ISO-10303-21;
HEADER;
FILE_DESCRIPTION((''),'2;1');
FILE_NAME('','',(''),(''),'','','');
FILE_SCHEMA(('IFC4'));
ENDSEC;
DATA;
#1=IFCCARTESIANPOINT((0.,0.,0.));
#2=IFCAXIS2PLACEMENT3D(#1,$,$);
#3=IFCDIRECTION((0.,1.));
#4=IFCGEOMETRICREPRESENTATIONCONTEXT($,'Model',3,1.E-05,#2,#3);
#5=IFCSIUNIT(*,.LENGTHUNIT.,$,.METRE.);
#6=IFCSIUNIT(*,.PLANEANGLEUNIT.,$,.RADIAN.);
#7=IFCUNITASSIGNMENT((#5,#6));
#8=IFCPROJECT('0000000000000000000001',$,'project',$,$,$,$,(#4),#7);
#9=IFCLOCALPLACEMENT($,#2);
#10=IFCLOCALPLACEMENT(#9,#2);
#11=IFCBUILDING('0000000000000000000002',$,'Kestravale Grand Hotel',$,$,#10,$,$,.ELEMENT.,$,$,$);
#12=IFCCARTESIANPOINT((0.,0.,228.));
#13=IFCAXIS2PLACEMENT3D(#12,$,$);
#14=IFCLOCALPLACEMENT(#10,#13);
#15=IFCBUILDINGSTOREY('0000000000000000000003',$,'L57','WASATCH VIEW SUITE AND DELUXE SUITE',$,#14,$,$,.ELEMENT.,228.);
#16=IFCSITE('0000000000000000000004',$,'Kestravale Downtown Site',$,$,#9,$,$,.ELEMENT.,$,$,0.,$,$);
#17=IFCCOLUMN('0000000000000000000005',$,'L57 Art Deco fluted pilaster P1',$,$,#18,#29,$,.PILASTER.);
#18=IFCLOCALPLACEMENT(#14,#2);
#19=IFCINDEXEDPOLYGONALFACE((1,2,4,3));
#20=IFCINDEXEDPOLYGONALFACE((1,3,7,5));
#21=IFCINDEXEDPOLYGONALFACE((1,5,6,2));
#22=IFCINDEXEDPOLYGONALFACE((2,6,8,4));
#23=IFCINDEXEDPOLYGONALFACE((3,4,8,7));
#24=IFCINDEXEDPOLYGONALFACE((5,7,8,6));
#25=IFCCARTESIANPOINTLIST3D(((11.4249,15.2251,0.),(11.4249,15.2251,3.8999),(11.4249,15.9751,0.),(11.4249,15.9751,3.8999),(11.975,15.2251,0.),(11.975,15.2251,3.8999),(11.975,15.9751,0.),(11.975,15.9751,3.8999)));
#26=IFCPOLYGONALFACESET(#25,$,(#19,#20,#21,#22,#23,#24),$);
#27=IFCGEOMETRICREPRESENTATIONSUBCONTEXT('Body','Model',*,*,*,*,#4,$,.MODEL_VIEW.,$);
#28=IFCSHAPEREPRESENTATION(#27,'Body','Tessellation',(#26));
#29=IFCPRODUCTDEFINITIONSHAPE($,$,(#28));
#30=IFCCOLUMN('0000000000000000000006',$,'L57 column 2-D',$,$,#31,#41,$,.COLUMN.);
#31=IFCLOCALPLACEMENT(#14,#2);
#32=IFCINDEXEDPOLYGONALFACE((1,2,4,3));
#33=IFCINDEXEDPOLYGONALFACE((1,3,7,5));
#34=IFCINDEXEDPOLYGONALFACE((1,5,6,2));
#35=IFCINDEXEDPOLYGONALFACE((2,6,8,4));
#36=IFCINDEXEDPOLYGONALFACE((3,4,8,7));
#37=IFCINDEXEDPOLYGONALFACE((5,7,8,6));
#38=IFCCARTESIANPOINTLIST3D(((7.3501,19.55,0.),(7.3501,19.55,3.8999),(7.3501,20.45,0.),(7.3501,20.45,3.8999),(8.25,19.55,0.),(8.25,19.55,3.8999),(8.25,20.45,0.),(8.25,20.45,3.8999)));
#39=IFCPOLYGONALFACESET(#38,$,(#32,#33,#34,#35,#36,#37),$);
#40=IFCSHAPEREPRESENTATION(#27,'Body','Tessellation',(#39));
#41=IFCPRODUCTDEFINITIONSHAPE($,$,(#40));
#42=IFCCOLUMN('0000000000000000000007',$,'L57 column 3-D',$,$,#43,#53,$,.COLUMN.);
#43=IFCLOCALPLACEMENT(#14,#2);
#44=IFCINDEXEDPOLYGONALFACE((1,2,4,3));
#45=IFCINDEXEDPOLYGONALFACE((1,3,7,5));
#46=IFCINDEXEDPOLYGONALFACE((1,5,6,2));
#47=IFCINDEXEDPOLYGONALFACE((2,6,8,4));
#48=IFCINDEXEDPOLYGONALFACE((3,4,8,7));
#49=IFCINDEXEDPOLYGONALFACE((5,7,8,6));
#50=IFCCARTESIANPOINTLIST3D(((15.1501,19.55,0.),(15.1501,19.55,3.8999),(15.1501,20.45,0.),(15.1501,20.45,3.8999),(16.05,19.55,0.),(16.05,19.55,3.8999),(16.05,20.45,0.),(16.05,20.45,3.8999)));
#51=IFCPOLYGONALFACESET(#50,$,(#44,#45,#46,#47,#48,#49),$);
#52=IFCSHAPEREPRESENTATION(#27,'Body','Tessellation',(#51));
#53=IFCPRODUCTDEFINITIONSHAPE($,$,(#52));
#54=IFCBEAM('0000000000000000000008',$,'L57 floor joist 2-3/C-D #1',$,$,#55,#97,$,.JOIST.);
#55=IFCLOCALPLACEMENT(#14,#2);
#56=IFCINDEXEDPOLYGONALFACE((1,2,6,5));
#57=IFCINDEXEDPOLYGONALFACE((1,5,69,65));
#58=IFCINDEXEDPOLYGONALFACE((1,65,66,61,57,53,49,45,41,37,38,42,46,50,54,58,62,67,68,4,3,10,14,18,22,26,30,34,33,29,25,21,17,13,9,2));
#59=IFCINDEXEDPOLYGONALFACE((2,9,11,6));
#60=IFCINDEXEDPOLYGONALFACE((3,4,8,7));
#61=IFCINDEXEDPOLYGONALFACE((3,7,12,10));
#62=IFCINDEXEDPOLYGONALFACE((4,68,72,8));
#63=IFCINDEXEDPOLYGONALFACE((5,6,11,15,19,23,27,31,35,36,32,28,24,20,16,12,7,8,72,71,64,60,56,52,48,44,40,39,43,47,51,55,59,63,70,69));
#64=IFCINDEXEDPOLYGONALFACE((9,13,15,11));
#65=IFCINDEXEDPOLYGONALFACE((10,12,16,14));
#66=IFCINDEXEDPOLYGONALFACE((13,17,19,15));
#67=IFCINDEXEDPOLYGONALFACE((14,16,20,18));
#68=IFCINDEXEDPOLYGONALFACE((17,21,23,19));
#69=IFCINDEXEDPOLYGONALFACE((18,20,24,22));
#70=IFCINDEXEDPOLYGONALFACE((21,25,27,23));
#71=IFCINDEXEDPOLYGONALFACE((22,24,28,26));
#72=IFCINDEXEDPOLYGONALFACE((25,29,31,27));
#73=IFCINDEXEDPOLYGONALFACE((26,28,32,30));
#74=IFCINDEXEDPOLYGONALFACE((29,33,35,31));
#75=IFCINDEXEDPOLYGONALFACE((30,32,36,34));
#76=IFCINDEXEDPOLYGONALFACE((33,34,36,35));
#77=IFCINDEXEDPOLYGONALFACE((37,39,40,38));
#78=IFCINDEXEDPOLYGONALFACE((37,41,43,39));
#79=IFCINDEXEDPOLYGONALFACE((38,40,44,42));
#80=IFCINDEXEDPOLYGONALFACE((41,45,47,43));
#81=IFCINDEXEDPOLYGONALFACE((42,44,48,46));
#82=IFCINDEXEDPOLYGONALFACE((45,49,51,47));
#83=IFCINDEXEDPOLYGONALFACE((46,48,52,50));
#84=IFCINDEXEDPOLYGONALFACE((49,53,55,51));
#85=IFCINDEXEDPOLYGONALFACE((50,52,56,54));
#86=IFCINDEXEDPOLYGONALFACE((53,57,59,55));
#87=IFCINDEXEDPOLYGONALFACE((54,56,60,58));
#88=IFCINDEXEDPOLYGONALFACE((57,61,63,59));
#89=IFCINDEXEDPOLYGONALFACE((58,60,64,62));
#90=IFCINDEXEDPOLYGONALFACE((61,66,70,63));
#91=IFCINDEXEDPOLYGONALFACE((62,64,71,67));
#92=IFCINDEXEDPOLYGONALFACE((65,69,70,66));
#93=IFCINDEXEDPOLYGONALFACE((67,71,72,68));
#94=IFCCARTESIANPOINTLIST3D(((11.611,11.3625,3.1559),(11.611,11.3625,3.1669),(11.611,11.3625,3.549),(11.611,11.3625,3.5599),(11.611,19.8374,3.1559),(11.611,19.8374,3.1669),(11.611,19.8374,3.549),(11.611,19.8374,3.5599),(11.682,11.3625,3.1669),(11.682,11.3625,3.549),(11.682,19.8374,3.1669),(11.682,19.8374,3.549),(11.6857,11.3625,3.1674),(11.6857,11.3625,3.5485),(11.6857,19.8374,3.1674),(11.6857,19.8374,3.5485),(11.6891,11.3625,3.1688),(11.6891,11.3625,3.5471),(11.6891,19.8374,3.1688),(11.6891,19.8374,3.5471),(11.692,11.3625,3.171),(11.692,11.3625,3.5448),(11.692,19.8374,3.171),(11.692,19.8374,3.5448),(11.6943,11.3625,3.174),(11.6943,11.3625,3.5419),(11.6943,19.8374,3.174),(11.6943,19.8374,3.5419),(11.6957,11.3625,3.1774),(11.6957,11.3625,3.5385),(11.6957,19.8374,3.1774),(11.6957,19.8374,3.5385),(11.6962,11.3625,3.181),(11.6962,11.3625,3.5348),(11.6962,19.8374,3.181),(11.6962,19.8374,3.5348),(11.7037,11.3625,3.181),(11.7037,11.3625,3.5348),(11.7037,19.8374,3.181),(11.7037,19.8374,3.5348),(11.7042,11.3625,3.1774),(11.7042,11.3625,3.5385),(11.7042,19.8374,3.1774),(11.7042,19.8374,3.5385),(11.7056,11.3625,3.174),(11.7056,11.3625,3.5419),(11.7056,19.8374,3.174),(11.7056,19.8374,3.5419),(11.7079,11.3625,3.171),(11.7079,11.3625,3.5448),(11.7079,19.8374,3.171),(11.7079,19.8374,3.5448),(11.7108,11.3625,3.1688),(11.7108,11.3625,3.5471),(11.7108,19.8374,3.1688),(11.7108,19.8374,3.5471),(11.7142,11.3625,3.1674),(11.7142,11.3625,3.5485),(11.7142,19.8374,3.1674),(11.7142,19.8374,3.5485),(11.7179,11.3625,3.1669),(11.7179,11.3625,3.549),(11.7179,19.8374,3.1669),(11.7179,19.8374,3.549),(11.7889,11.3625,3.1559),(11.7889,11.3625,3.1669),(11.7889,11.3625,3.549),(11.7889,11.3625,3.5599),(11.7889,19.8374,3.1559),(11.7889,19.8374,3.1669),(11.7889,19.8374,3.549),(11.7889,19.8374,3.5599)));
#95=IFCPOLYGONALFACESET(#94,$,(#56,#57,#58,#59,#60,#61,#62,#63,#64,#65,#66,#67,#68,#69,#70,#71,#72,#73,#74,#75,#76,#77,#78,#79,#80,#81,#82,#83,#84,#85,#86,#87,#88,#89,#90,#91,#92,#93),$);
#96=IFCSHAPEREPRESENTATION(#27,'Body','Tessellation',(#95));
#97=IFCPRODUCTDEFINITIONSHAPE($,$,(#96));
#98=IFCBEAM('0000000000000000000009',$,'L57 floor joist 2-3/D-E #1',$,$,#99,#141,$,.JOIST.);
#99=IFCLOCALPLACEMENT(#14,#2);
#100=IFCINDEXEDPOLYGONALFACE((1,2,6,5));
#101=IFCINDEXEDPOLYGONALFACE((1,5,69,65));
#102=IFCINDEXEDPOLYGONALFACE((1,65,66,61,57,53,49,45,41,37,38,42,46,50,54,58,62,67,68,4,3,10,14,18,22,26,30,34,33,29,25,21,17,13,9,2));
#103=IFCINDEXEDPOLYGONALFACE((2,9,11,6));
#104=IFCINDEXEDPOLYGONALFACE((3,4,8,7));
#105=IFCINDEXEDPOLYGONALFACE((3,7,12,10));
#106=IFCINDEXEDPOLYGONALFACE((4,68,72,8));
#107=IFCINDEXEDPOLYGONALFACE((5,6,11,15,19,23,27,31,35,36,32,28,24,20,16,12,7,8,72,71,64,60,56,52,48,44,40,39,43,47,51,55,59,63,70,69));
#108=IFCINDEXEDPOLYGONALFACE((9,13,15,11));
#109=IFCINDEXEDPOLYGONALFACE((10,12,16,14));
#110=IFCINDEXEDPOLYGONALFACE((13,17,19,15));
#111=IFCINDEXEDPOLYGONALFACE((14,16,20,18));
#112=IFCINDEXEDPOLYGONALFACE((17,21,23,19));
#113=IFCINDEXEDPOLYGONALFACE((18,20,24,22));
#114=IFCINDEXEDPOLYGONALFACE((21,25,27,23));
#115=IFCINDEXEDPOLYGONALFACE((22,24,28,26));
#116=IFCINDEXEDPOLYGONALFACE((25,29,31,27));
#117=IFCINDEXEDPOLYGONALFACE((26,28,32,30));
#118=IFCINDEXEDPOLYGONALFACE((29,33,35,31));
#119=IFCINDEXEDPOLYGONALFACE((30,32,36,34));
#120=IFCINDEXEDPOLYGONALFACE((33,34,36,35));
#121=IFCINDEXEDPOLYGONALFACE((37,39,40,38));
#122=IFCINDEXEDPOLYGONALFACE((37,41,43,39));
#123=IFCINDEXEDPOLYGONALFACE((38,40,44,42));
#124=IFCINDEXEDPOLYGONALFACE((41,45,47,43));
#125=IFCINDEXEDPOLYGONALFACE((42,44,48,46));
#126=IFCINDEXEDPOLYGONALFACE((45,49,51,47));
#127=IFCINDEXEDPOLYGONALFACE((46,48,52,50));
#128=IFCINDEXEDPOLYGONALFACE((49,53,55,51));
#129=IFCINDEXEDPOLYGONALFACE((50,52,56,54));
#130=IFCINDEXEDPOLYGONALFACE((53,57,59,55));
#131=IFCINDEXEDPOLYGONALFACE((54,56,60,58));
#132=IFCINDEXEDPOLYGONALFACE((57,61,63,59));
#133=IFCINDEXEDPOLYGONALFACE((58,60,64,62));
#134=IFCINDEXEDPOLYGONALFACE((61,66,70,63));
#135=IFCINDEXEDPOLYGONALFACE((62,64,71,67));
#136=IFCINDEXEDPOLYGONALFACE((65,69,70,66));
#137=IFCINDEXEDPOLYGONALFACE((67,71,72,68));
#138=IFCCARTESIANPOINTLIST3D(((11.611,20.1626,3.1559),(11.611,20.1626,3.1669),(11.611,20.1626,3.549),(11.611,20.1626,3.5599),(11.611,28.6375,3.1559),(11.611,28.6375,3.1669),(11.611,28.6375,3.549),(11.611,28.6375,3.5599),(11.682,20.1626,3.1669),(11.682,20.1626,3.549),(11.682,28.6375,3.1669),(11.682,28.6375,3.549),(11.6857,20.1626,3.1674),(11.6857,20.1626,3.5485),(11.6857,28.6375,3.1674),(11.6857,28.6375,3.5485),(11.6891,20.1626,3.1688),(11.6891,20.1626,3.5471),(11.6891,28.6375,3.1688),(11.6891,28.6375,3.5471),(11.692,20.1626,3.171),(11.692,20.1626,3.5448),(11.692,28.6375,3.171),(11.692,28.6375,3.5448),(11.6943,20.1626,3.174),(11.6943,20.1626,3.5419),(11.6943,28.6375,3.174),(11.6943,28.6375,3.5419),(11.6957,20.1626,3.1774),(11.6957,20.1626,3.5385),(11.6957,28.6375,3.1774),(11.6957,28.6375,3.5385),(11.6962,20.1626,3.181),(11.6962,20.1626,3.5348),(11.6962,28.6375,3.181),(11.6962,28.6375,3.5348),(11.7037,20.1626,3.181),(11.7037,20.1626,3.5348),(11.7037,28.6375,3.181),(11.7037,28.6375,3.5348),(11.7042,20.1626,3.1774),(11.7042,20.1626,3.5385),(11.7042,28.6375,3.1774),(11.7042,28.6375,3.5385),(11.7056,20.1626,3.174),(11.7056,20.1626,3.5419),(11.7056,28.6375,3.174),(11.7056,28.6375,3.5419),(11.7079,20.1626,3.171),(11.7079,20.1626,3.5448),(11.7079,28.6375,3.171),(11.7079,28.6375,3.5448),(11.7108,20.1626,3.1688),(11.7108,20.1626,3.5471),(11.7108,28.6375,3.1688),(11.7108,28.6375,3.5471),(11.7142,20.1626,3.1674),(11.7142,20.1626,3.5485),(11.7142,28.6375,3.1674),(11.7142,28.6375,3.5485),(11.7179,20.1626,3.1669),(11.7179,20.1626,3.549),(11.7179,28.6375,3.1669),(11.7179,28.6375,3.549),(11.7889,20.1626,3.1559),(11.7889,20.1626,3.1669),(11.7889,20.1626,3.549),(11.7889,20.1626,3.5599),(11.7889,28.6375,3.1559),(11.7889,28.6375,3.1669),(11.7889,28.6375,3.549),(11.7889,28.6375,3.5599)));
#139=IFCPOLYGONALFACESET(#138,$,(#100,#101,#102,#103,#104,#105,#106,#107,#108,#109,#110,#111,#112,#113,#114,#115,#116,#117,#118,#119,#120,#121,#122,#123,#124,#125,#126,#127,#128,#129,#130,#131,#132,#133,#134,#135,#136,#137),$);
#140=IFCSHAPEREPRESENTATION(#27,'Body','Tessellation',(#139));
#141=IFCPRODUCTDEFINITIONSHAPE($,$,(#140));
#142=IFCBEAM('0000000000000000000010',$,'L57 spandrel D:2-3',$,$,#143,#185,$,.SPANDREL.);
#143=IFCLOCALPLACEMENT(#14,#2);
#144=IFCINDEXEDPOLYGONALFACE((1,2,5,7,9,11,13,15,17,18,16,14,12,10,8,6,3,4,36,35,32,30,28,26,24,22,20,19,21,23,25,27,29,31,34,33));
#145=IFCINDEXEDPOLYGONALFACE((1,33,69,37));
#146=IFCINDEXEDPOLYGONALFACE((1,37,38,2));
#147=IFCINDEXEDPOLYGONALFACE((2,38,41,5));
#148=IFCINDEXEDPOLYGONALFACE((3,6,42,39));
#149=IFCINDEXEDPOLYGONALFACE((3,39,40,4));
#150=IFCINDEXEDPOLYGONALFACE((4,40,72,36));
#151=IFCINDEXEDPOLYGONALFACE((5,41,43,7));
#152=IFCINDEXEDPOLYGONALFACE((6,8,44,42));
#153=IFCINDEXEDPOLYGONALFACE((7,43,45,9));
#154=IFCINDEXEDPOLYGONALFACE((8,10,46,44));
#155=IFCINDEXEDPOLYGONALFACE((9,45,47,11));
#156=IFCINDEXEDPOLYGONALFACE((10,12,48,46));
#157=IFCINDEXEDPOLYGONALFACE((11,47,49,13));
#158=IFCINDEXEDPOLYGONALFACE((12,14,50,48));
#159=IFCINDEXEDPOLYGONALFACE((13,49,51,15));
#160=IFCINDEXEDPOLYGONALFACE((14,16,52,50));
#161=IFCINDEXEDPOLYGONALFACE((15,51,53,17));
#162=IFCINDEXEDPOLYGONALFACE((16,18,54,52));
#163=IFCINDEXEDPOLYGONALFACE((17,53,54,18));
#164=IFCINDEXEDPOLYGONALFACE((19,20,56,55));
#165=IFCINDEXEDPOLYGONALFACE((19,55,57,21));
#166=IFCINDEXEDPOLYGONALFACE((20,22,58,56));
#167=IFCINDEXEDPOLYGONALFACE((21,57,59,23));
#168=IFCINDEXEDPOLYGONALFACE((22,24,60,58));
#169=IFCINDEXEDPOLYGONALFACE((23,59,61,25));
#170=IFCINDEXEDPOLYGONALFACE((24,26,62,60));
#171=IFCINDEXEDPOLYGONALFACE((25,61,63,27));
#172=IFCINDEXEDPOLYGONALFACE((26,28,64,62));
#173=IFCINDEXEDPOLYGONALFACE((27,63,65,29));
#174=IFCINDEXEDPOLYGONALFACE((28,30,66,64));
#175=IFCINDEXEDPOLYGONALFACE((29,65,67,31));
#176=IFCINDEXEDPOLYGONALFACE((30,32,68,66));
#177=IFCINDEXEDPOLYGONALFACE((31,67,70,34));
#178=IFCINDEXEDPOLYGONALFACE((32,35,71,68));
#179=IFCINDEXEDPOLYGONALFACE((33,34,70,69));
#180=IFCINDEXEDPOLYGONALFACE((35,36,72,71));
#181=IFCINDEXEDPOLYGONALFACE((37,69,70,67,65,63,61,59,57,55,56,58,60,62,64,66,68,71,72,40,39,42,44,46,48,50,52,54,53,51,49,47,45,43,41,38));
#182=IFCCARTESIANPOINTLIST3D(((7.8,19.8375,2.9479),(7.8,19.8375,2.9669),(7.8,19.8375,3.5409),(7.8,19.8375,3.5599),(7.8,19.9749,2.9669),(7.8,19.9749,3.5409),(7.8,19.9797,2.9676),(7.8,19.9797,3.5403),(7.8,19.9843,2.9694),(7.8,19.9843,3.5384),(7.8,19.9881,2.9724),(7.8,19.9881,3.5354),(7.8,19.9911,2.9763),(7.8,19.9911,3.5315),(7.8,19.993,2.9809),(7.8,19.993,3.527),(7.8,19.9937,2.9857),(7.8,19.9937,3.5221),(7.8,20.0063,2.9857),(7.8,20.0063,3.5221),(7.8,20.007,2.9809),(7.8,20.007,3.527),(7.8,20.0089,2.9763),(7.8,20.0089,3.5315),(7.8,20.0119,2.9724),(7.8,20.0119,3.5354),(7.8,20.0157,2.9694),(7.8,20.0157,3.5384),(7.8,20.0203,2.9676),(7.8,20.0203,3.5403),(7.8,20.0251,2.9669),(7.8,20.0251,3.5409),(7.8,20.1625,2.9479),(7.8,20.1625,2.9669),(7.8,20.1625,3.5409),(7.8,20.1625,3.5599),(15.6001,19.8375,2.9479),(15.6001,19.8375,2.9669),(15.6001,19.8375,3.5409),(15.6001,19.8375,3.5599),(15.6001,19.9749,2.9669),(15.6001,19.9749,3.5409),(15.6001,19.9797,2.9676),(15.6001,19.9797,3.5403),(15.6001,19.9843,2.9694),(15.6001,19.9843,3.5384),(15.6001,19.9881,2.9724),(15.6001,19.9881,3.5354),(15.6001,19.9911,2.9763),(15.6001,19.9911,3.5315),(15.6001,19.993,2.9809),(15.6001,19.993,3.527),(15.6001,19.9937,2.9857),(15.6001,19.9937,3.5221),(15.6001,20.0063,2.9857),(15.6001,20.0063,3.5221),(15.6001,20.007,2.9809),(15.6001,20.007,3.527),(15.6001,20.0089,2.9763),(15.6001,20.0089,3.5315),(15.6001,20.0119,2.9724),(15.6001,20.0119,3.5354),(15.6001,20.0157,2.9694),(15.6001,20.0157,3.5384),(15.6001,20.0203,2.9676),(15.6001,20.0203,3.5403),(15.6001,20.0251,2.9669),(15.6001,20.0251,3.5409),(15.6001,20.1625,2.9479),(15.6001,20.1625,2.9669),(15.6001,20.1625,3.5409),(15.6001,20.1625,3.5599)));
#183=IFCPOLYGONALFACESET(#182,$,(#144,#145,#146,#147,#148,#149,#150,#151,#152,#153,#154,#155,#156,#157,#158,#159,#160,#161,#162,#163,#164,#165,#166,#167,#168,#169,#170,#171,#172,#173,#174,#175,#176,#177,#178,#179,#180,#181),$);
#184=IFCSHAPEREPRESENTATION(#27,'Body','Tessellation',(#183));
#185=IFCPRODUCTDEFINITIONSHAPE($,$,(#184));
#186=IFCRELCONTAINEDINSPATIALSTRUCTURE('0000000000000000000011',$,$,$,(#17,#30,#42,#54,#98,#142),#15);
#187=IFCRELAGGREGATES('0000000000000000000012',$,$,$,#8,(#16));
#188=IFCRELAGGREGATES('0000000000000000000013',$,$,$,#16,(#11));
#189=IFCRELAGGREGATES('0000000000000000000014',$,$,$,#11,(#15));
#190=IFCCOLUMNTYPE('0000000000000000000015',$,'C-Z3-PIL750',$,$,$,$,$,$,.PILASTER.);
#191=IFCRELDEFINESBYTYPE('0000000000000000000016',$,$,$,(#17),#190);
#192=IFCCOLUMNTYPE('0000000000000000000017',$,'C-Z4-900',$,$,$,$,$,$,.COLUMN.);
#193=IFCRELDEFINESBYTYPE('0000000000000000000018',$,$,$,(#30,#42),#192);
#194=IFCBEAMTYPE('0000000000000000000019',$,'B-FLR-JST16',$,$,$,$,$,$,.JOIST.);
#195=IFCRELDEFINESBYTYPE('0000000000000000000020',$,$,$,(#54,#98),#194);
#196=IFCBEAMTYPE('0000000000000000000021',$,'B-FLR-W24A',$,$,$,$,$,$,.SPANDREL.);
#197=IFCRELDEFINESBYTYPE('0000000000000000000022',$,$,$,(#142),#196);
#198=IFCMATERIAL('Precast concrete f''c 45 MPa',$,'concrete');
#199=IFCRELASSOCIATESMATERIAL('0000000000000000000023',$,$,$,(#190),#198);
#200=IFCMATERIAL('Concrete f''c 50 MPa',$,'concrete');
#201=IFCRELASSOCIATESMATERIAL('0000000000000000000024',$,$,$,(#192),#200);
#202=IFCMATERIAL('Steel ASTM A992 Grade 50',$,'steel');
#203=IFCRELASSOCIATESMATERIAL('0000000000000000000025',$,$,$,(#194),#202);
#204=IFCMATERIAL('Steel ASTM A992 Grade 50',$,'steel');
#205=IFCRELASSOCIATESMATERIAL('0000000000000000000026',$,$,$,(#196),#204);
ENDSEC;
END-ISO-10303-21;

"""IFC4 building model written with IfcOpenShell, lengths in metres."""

from ifc_helpers import new_model, si_unit, direction, frame, origin, origin_2d, place, context, subcontext, project, spatial, rectangle, i_section, extrude, material, material_profile, profile_set, type_object, element, save


model = new_model("IFC4")

# Units and contexts
model_context = context("Model", 3, precision=1e-05, world=origin(), true_north=direction((0.0, 1.0)))
body_context = subcontext(model_context, "Body", "Model", "MODEL_VIEW")
ifc_project = project(units=[si_unit("LENGTHUNIT", "METRE"), si_unit("PLANEANGLEUNIT", "RADIAN")], contexts=[model_context])

# Site, building, storey
site_placement = place(None, origin())
site = spatial("IfcSite", under=ifc_project, at=site_placement, Name="Kestravale Downtown Site", CompositionType="ELEMENT", RefElevation=0.0)
building_placement = place(site_placement, origin())
building = spatial("IfcBuilding", under=site, at=building_placement, Name="Kestravale Grand Hotel", CompositionType="ELEMENT")
storey_placement = place(building_placement, frame((0.0, 0.0, 228.0)))
storey = spatial("IfcBuildingStorey", under=building, at=storey_placement, Name="L57", Description="WASATCH VIEW SUITE AND DELUXE SUITE", CompositionType="ELEMENT", Elevation=228.0)

# Columns
ifc_material_1 = material(Name="Precast concrete f'c 45 MPa", Category="concrete")
ifc_material_profile_1 = material_profile(ifc_material_1, rectangle(XDim=0.55, YDim=0.75, at=origin_2d()))
ifc_profile_set_1 = profile_set([ifc_material_profile_1], Name="Precast concrete f'c 45 MPa")
column_type_1 = type_object("IfcColumnType", Name="C-Z3-PIL750", PredefinedType="PILASTER", material=ifc_profile_set_1)
column_placement = place(storey_placement, frame((11.7, 15.6001, 0.0), z_axis=(0.0, 0.0, 1.0), x_axis=(1.0, 0.0, 0.0)))
element("IfcColumn", 1, at=column_placement, inside=storey, type_object=column_type_1, Name="L57 Art Deco fluted pilaster P1", PredefinedType="PILASTER", context=body_context, shape_type="SweptSolid", body=[
    extrude(rectangle(XDim=0.55, YDim=0.75, at=origin_2d()), origin(), (0.0, 0.0, 1.0), 3.8999),
])
ifc_material_2 = material(Name="Concrete f'c 50 MPa", Category="concrete")
ifc_material_profile_2 = material_profile(ifc_material_2, rectangle(XDim=0.8999, YDim=0.8999, at=origin_2d()))
ifc_profile_set_2 = profile_set([ifc_material_profile_2], Name="Concrete f'c 50 MPa")
column_type_2 = type_object("IfcColumnType", Name="C-Z4-900", PredefinedType="COLUMN", material=ifc_profile_set_2)
for number, where, z_axis, x_axis, name in (
    (2, (7.8, 20.0, 0.0), (0.0, 0.0, 1.0), (1.0, 0.0, 0.0), "L57 column 2-D"),
    (3, (15.6001, 20.0, 0.0), (0.0, 0.0, 1.0), (1.0, 0.0, 0.0), "L57 column 3-D"),
):
    element("IfcColumn", number, at=place(storey_placement, frame(where, z_axis=z_axis, x_axis=x_axis)), inside=storey, type_object=column_type_2, Name=name, PredefinedType="COLUMN", context=body_context, shape_type="SweptSolid", body=[
        extrude(rectangle(XDim=0.8999, YDim=0.8999, at=origin_2d()), origin(), (0.0, 0.0, 1.0), 3.8999),
    ])

# Beams
ifc_material_3 = material(Name="Steel ASTM A992 Grade 50", Category="steel")
ifc_material_profile_3 = material_profile(ifc_material_3, i_section(OverallWidth=0.178, OverallDepth=0.4041, WebThickness=0.0076, FlangeThickness=0.011, FilletRadius=0.0142, at=origin_2d()))
ifc_profile_set_3 = profile_set([ifc_material_profile_3], Name="Steel ASTM A992 Grade 50")
beam_type_1 = type_object("IfcBeamType", Name="B-FLR-JST16", PredefinedType="JOIST", material=ifc_profile_set_3)
for number, where, z_axis, x_axis, name in (
    (4, (11.7, 11.3625, 3.3579), (0.0, 1.0, 0.0), (-1.0, 0.0, 0.0), "L57 floor joist 2-3/C-D #1"),
    (5, (11.7, 20.1626, 3.3579), (0.0, 1.0, 0.0), (-1.0, 0.0, 0.0), "L57 floor joist 2-3/D-E #1"),
):
    element("IfcBeam", number, at=place(storey_placement, frame(where, z_axis=z_axis, x_axis=x_axis)), inside=storey, type_object=beam_type_1, Name=name, PredefinedType="JOIST", context=body_context, shape_type="SweptSolid", body=[
        extrude(i_section(OverallWidth=0.178, OverallDepth=0.4041, WebThickness=0.0076, FlangeThickness=0.011, FilletRadius=0.0142, at=origin_2d()), origin(), (0.0, 0.0, 1.0), 8.4749),
    ])
ifc_material_4 = material(Name="Steel ASTM A992 Grade 50", Category="steel")
ifc_material_profile_4 = material_profile(ifc_material_4, i_section(OverallWidth=0.325, OverallDepth=0.6121, WebThickness=0.0127, FlangeThickness=0.019, FilletRadius=0.0188, at=origin_2d()))
ifc_profile_set_4 = profile_set([ifc_material_profile_4], Name="Steel ASTM A992 Grade 50")
beam_type_2 = type_object("IfcBeamType", Name="B-FLR-W24A", PredefinedType="SPANDREL", material=ifc_profile_set_4)
beam_1_placement = place(storey_placement, frame((7.8, 20.0, 3.2539), z_axis=(1.0, 0.0, 0.0), x_axis=(0.0, 1.0, 0.0)))
element("IfcBeam", 6, at=beam_1_placement, inside=storey, type_object=beam_type_2, Name="L57 spandrel D:2-3", PredefinedType="SPANDREL", context=body_context, shape_type="SweptSolid", body=[
    extrude(i_section(OverallWidth=0.325, OverallDepth=0.6121, WebThickness=0.0127, FlangeThickness=0.019, FilletRadius=0.0188, at=origin_2d()), origin(), (0.0, 0.0, 1.0), 7.8),
])

save(model, "model.ifc")
